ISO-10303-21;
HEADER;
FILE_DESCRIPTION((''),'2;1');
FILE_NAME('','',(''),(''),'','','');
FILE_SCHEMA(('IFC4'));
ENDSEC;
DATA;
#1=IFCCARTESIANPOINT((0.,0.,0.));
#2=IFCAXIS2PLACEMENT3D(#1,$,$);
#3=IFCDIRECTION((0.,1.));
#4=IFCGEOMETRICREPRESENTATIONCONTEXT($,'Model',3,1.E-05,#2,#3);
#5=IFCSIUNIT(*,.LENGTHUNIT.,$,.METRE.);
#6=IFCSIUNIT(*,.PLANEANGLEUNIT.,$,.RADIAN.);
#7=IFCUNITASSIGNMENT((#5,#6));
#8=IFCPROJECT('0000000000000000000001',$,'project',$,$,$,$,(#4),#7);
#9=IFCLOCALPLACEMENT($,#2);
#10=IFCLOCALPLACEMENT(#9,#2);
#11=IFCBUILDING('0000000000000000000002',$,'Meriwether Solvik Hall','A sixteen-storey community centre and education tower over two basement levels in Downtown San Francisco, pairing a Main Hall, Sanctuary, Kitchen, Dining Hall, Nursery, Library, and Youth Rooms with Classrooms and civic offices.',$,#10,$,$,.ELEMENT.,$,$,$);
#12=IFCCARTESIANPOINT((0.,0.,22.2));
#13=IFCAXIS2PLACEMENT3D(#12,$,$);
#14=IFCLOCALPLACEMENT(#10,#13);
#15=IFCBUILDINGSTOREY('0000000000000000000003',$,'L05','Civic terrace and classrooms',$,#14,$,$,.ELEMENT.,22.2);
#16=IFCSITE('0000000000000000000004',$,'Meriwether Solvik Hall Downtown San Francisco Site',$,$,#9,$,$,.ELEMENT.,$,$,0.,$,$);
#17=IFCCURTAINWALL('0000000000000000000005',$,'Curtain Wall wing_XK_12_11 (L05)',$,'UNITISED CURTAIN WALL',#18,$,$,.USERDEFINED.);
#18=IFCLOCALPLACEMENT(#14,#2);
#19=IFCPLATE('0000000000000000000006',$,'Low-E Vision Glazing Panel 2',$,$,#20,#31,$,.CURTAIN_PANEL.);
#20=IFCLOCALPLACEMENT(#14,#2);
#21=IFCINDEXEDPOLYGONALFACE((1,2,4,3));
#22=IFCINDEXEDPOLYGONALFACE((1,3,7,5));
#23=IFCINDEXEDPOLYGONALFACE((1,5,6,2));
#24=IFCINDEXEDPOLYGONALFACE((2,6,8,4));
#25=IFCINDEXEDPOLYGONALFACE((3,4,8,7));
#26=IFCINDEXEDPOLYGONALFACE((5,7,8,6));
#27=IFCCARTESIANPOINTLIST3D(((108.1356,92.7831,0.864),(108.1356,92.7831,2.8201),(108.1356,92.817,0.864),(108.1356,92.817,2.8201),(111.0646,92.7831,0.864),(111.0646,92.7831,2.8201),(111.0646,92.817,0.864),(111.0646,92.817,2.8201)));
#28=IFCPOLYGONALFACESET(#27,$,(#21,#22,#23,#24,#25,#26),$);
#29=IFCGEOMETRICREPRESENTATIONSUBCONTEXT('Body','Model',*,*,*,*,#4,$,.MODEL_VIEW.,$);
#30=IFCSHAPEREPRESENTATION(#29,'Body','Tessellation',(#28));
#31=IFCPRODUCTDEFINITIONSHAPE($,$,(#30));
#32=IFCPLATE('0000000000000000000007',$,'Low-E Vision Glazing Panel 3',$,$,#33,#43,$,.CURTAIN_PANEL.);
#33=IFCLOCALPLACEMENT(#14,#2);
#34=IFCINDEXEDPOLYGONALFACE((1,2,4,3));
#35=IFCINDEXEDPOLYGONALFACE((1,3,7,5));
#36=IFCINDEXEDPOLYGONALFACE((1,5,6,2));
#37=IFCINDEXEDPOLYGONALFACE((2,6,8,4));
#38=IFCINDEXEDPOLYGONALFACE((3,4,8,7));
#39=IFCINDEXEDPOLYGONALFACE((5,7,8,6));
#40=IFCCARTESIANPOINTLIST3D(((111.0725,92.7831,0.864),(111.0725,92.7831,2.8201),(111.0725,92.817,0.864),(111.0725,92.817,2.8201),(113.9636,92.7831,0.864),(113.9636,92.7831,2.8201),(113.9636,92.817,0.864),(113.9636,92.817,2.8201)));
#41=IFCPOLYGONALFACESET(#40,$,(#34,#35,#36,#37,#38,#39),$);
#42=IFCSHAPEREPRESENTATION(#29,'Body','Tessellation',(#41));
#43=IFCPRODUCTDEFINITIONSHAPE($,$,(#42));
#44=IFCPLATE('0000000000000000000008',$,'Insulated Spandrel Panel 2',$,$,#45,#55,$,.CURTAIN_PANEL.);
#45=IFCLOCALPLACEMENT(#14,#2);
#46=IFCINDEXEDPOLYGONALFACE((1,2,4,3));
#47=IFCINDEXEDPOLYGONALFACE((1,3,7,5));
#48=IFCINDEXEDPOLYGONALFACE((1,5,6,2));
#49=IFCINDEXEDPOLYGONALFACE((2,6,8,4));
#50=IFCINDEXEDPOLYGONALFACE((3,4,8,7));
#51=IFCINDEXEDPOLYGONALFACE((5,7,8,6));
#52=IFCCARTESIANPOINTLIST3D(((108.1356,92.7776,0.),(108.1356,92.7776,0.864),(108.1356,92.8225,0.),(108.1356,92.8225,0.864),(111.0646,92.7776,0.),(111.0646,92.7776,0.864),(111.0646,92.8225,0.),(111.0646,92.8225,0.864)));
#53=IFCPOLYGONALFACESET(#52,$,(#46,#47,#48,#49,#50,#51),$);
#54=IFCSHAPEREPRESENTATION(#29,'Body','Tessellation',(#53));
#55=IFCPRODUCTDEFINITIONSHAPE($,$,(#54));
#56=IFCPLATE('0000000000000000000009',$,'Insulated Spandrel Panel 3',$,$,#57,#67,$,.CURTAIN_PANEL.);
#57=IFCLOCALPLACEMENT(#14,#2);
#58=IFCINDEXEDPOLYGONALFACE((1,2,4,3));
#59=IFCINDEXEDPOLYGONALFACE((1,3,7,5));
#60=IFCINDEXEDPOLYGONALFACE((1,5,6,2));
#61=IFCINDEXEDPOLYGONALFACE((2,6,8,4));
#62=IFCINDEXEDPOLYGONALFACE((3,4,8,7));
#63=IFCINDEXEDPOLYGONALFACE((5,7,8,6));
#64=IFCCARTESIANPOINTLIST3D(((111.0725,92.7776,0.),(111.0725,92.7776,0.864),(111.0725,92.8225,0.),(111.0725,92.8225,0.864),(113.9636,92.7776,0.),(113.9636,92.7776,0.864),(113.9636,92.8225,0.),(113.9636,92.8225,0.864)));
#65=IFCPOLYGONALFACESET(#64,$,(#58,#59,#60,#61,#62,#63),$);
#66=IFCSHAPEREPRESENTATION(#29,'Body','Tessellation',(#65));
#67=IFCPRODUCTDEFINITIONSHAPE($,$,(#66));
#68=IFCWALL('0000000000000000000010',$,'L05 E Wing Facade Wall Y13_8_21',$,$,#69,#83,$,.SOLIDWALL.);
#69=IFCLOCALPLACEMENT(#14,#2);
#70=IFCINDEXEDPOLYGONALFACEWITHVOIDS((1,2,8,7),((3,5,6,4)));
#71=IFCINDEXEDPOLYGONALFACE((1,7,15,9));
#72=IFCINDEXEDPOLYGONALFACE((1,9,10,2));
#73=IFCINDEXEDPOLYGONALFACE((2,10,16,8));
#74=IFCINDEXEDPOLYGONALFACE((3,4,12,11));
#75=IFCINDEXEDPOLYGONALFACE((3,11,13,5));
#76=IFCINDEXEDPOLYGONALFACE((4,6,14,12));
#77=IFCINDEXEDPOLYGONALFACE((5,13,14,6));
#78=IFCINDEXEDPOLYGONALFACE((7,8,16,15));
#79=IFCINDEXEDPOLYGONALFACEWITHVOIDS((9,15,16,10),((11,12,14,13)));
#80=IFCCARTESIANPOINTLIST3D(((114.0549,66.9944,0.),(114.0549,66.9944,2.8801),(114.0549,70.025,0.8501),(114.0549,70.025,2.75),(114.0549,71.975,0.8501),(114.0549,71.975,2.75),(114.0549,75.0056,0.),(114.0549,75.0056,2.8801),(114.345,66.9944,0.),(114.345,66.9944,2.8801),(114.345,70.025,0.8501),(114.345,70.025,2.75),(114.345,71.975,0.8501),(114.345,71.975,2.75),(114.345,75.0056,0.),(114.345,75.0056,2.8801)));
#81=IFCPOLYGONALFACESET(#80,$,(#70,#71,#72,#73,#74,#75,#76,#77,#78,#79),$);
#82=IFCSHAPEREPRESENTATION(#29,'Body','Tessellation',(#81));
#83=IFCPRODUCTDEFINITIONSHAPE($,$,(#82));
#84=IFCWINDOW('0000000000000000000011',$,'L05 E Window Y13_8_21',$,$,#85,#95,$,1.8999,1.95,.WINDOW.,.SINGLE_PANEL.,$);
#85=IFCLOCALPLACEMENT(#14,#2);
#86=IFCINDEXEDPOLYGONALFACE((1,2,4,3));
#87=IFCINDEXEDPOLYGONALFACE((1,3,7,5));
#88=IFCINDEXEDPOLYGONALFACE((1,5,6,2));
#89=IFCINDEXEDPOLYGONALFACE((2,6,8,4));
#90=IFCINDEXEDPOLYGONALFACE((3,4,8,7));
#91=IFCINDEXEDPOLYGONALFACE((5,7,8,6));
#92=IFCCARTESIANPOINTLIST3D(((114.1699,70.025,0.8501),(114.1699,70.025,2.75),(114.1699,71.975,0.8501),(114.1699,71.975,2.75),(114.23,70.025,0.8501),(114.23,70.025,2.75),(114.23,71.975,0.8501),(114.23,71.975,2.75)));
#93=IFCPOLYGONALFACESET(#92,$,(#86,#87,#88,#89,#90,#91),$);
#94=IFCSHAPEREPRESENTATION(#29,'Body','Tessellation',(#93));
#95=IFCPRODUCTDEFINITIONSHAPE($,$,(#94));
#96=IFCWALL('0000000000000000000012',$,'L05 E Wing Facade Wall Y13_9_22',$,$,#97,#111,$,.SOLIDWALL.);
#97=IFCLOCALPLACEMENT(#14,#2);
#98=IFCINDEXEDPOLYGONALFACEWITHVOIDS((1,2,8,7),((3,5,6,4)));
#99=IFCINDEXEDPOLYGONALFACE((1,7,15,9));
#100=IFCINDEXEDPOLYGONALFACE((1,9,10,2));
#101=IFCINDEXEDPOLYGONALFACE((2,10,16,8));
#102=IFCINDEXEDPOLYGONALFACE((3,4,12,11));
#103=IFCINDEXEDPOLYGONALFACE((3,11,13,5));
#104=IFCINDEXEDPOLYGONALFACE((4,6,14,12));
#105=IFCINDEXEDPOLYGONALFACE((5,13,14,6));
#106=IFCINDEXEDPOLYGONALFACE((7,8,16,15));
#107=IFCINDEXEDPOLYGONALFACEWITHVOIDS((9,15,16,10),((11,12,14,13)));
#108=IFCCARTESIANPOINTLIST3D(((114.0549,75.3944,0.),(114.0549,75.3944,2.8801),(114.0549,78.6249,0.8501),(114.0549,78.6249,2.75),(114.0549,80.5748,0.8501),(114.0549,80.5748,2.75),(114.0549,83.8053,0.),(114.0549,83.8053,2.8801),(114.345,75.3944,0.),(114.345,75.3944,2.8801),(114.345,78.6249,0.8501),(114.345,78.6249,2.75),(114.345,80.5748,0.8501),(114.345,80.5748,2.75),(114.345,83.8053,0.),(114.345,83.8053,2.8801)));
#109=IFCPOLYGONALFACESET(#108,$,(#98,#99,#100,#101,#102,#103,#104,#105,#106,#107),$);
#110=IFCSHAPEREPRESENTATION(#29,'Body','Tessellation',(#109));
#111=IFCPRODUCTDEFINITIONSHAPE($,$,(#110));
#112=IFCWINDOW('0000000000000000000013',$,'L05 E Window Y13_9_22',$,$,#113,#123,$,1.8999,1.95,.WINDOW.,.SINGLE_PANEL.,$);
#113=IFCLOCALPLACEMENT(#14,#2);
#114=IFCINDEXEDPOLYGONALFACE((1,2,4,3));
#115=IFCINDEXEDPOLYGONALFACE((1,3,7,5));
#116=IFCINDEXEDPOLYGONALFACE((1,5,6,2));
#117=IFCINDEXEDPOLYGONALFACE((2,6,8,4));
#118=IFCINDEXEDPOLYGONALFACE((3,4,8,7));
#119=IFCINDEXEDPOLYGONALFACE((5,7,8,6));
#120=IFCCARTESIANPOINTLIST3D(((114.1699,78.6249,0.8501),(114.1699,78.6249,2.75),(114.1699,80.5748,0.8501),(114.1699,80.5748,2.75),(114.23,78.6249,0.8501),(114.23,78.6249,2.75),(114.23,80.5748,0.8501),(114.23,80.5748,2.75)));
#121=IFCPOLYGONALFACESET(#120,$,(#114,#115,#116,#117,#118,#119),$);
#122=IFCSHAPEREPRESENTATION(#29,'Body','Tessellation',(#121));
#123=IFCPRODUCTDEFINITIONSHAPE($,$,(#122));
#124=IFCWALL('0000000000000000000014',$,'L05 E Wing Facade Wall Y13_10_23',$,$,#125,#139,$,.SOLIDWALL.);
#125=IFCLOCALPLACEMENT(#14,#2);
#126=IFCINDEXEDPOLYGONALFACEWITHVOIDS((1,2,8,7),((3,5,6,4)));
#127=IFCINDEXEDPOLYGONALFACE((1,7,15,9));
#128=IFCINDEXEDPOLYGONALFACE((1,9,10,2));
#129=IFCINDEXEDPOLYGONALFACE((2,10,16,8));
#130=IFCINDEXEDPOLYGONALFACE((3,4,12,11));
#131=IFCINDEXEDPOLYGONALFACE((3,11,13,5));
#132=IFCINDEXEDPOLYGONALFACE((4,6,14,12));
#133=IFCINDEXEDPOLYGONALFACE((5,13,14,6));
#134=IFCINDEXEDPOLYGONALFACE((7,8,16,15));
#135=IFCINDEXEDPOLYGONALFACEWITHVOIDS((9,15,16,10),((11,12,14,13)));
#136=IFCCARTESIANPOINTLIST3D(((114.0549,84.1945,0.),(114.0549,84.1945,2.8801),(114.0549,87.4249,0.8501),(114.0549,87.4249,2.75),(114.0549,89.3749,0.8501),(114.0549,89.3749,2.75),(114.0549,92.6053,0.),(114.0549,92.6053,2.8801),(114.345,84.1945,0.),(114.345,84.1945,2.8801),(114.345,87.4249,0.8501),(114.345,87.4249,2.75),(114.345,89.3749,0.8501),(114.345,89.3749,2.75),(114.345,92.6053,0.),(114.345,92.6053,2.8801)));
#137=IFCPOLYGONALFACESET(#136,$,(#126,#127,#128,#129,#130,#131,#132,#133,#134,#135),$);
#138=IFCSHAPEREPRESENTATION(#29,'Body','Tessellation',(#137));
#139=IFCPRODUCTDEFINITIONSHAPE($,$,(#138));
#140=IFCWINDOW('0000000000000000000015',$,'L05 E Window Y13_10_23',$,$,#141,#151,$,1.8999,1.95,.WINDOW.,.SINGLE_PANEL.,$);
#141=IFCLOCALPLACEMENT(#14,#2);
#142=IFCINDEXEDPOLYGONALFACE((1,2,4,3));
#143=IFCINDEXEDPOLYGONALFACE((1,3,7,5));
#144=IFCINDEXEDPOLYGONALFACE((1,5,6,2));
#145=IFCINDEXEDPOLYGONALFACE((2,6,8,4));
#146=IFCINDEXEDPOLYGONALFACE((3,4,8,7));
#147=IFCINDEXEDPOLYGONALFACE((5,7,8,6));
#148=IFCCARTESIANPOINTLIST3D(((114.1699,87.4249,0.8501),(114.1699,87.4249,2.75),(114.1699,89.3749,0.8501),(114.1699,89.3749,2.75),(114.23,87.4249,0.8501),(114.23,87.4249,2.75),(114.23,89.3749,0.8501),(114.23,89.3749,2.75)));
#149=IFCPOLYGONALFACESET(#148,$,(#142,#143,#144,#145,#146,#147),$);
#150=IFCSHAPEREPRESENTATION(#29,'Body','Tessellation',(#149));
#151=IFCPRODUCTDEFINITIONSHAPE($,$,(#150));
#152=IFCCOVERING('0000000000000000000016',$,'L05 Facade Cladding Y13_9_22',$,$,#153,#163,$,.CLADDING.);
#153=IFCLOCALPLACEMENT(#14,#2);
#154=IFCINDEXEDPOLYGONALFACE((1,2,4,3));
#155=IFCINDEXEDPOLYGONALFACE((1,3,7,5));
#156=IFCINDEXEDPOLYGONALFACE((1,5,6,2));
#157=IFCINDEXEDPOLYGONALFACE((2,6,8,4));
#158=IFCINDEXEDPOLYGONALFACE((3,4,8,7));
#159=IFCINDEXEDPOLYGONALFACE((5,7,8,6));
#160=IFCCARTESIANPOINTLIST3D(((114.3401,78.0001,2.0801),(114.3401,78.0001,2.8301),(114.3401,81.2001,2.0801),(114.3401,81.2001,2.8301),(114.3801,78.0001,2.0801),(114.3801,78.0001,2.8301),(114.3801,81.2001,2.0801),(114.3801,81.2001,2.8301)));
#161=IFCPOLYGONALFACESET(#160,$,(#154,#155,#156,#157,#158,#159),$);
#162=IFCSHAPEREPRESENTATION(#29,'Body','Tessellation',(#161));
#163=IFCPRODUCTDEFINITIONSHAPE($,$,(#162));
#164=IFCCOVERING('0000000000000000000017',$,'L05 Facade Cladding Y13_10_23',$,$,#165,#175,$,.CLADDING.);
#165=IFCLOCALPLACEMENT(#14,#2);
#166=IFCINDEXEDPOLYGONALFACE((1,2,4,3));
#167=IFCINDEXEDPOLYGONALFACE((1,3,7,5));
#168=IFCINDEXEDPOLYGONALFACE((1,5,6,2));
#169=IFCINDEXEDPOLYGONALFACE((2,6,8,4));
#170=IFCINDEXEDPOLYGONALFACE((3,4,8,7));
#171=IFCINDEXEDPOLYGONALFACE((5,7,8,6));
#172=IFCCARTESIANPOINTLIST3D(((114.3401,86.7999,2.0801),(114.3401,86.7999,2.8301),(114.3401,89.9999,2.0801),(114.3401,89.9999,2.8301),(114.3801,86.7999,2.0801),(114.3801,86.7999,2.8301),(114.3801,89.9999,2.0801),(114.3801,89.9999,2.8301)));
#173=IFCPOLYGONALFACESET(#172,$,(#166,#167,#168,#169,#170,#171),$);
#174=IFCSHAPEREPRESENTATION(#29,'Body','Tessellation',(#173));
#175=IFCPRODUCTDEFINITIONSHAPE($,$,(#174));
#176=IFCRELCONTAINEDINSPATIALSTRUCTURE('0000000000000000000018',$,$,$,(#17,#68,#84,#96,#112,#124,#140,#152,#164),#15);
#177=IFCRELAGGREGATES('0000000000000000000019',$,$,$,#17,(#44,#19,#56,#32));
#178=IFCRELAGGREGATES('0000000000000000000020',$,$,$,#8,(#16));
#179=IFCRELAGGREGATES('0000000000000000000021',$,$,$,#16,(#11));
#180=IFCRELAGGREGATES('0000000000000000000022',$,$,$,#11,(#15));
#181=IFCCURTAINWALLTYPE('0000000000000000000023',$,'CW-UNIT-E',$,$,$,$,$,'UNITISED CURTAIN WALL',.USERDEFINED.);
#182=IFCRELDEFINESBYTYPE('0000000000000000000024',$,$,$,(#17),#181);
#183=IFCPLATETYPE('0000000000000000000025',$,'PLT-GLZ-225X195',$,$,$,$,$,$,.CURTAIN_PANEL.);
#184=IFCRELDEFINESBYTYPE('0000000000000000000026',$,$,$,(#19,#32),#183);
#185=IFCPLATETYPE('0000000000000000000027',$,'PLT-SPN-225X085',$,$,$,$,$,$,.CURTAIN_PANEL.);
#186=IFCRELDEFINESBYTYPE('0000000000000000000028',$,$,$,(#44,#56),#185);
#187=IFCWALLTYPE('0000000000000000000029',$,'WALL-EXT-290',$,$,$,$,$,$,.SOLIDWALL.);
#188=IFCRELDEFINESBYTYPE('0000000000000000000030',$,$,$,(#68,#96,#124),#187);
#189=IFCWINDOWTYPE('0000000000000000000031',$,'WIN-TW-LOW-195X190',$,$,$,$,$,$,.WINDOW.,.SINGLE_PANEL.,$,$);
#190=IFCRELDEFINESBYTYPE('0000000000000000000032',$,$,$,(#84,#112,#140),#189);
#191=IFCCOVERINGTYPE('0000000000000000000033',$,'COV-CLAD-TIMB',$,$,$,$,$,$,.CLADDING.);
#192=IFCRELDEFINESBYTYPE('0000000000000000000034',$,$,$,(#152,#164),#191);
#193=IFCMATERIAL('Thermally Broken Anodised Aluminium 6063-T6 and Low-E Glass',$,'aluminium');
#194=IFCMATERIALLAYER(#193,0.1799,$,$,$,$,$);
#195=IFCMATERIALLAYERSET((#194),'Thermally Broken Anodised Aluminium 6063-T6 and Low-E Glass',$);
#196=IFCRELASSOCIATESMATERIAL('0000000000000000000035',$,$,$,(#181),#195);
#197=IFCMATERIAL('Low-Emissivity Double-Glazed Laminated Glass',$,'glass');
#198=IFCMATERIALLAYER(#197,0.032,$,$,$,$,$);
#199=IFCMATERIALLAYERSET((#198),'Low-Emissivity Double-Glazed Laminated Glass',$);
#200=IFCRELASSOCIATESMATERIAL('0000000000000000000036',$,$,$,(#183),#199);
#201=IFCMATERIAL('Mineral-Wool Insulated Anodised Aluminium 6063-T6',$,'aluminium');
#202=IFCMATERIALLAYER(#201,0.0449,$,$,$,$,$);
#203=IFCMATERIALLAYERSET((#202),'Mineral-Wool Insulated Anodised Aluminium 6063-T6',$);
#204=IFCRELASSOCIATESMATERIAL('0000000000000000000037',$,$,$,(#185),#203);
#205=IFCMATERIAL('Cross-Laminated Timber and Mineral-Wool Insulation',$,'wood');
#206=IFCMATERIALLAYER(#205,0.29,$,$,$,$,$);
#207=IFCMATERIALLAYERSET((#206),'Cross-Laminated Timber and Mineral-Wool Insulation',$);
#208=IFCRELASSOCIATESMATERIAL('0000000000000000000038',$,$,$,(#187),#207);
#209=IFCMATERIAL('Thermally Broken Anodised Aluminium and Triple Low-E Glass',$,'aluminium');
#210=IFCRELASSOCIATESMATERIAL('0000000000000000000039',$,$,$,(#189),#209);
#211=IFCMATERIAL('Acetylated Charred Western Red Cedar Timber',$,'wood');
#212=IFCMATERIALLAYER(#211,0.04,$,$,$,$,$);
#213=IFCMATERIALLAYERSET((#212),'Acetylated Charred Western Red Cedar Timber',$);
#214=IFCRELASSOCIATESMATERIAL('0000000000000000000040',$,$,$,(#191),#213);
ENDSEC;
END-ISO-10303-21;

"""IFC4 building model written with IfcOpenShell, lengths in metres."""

from ifc_helpers import new_model, si_unit, direction, frame, frame_2d, origin, origin_2d, place, context, subcontext, project, spatial, rectangle, extrude, material, layer, layer_set, type_object, element, fill, aggregate, save


model = new_model("IFC4")

# Units and contexts
model_context = context("Model", 3, precision=1e-05, world=origin(), true_north=direction((0.0, 1.0)))
body_context = subcontext(model_context, "Body", "Model", "MODEL_VIEW")
ifc_project = project(units=[si_unit("LENGTHUNIT", "METRE"), si_unit("PLANEANGLEUNIT", "RADIAN")], contexts=[model_context])

# Site, building, storey
site_placement = place(None, origin())
site = spatial("IfcSite", under=ifc_project, at=site_placement, Name="Meriwether Solvik Hall Downtown San Francisco Site", CompositionType="ELEMENT", RefElevation=0.0)
building_placement = place(site_placement, origin())
building = spatial("IfcBuilding", under=site, at=building_placement, Name="Meriwether Solvik Hall", Description="A sixteen-storey community centre and education tower over two basement levels in Downtown San Francisco, pairing a Main Hall, Sanctuary, Kitchen, Dining Hall, Nursery, Library, and Youth Rooms with Classrooms and civic offices.", CompositionType="ELEMENT")
storey_placement = place(building_placement, frame((0.0, 0.0, 22.2)))
storey = spatial("IfcBuildingStorey", under=building, at=storey_placement, Name="L05", Description="Civic terrace and classrooms", CompositionType="ELEMENT", Elevation=22.2)

# Curtain wall, plates
ifc_material_1 = material(Name="Thermally Broken Anodised Aluminium 6063-T6 and Low-E Glass", Category="aluminium")
ifc_layer_1 = layer(ifc_material_1, 0.1799)
ifc_layer_set_1 = layer_set([ifc_layer_1], Name="Thermally Broken Anodised Aluminium 6063-T6 and Low-E Glass")
curtain_wall_type = type_object("IfcCurtainWallType", Name="CW-UNIT-E", ElementType="UNITISED CURTAIN WALL", PredefinedType="USERDEFINED", material=ifc_layer_set_1)
curtain_wall_placement = place(storey_placement, origin())
curtain_wall = element("IfcCurtainWall", 1, at=curtain_wall_placement, inside=storey, type_object=curtain_wall_type, Name="Curtain Wall wing_XK_12_11 (L05)", ObjectType="UNITISED CURTAIN WALL", PredefinedType="USERDEFINED")
ifc_material_2 = material(Name="Low-Emissivity Double-Glazed Laminated Glass", Category="glass")
ifc_layer_2 = layer(ifc_material_2, 0.032)
ifc_layer_set_2 = layer_set([ifc_layer_2], Name="Low-Emissivity Double-Glazed Laminated Glass")
plate_type_1 = type_object("IfcPlateType", Name="PLT-GLZ-225X195", PredefinedType="CURTAIN_PANEL", material=ifc_layer_set_2)
plate_1_placement = place(storey_placement, frame((109.6001, 92.8, 0.864), z_axis=(0.0, 0.0, 1.0), x_axis=(1.0, 0.0, 0.0)))
plate_1 = element("IfcPlate", 2, at=plate_1_placement, type_object=plate_type_1, Name="Low-E Vision Glazing Panel 2", PredefinedType="CURTAIN_PANEL", context=body_context, shape_type="SweptSolid", body=[
    extrude(rectangle(XDim=2.929, YDim=0.0339, at=origin_2d()), origin(), (0.0, 0.0, 1.0), 1.9561),
])
plate_2_placement = place(storey_placement, frame((112.5181, 92.8, 0.864), z_axis=(0.0, 0.0, 1.0), x_axis=(1.0, 0.0, 0.0)))
plate_2 = element("IfcPlate", 3, at=plate_2_placement, type_object=plate_type_1, Name="Low-E Vision Glazing Panel 3", PredefinedType="CURTAIN_PANEL", context=body_context, shape_type="SweptSolid", body=[
    extrude(rectangle(XDim=2.8911, YDim=0.0339, at=origin_2d()), origin(), (0.0, 0.0, 1.0), 1.9561),
])
ifc_material_3 = material(Name="Mineral-Wool Insulated Anodised Aluminium 6063-T6", Category="aluminium")
ifc_layer_3 = layer(ifc_material_3, 0.0449)
ifc_layer_set_3 = layer_set([ifc_layer_3], Name="Mineral-Wool Insulated Anodised Aluminium 6063-T6")
plate_type_2 = type_object("IfcPlateType", Name="PLT-SPN-225X085", PredefinedType="CURTAIN_PANEL", material=ifc_layer_set_3)
plate_3_placement = place(storey_placement, frame((109.6001, 92.8, 0.0), z_axis=(0.0, 0.0, 1.0), x_axis=(1.0, 0.0, 0.0)))
plate_3 = element("IfcPlate", 4, at=plate_3_placement, type_object=plate_type_2, Name="Insulated Spandrel Panel 2", PredefinedType="CURTAIN_PANEL", context=body_context, shape_type="SweptSolid", body=[
    extrude(rectangle(XDim=2.929, YDim=0.0449, at=origin_2d()), origin(), (0.0, 0.0, 1.0), 0.864),
])
plate_4_placement = place(storey_placement, frame((112.5181, 92.8, 0.0), z_axis=(0.0, 0.0, 1.0), x_axis=(1.0, 0.0, 0.0)))
plate_4 = element("IfcPlate", 5, at=plate_4_placement, type_object=plate_type_2, Name="Insulated Spandrel Panel 3", PredefinedType="CURTAIN_PANEL", context=body_context, shape_type="SweptSolid", body=[
    extrude(rectangle(XDim=2.8911, YDim=0.0449, at=origin_2d()), origin(), (0.0, 0.0, 1.0), 0.864),
])
aggregate(curtain_wall, [plate_3, plate_1, plate_4, plate_2])

# Walls, openings, windows
ifc_material_4 = material(Name="Cross-Laminated Timber and Mineral-Wool Insulation", Category="wood")
ifc_layer_4 = layer(ifc_material_4, 0.29)
ifc_layer_set_4 = layer_set([ifc_layer_4], Name="Cross-Laminated Timber and Mineral-Wool Insulation")
wall_type = type_object("IfcWallType", Name="WALL-EXT-290", PredefinedType="SOLIDWALL", material=ifc_layer_set_4)
wall_1_placement = place(storey_placement, frame((114.2, 75.0056, 0.0), z_axis=(0.0, 0.0, 1.0), x_axis=(0.0, -1.0, 0.0)))
wall_1 = element("IfcWall", 6, at=wall_1_placement, inside=storey, type_object=wall_type, Name="L05 E Wing Facade Wall Y13_8_21", PredefinedType="SOLIDWALL", context=body_context, shape_type="SweptSolid", body=[
    extrude(rectangle(XDim=8.0112, YDim=0.29, at=frame_2d((4.0056, 0.0))), origin(), (0.0, 0.0, 1.0), 2.8801),
])
opening_1_placement = place(wall_1_placement, frame((3.0305, 0.0, 0.8501)))
opening_1 = element("IfcOpeningElement", 7, at=opening_1_placement, cuts=wall_1, PredefinedType="OPENING", context=body_context, shape_type="SweptSolid", body=[
    extrude(rectangle(XDim=1.95, YDim=1.8999, at=frame_2d((0.9751, 0.95))), frame((0.0, 0.157, 0.0), z_axis=(0.0, -1.0, 0.0), x_axis=(1.0, 0.0, 0.0)), (0.0, 0.0, 1.0), 0.314),
])
ifc_material_5 = material(Name="Thermally Broken Anodised Aluminium and Triple Low-E Glass", Category="aluminium")
window_type = type_object("IfcWindowType", Name="WIN-TW-LOW-195X190", PartitioningType="SINGLE_PANEL", PredefinedType="WINDOW", material=ifc_material_5)
window_1_placement = place(opening_1_placement, origin())
window_1 = element("IfcWindow", 8, at=window_1_placement, inside=storey, type_object=window_type, Name="L05 E Window Y13_8_21", OverallHeight=1.8999, OverallWidth=1.95, PartitioningType="SINGLE_PANEL", PredefinedType="WINDOW", context=body_context, shape_type="SweptSolid", body=[
    extrude(rectangle(XDim=1.95, YDim=1.8999, at=frame_2d((0.9751, 0.95))), frame((0.0, 0.03, 0.0), z_axis=(0.0, -1.0, 0.0), x_axis=(1.0, 0.0, 0.0)), (0.0, 0.0, 1.0), 0.0601),
])
fill(opening_1, window_1)
wall_2_placement = place(storey_placement, frame((114.2, 83.8054, 0.0), z_axis=(0.0, 0.0, 1.0), x_axis=(0.0, -1.0, 0.0)))
wall_2 = element("IfcWall", 9, at=wall_2_placement, inside=storey, type_object=wall_type, Name="L05 E Wing Facade Wall Y13_9_22", PredefinedType="SOLIDWALL", context=body_context, shape_type="SweptSolid", body=[
    extrude(rectangle(XDim=8.4109, YDim=0.29, at=frame_2d((4.2056, 0.0))), origin(), (0.0, 0.0, 1.0), 2.8801),
])
opening_2_placement = place(wall_2_placement, frame((3.2305, 0.0, 0.8501)))
opening_2 = element("IfcOpeningElement", 10, at=opening_2_placement, cuts=wall_2, PredefinedType="OPENING", context=body_context, shape_type="SweptSolid", body=[
    extrude(rectangle(XDim=1.95, YDim=1.8999, at=frame_2d((0.9751, 0.95))), frame((0.0, 0.157, 0.0), z_axis=(0.0, -1.0, 0.0), x_axis=(1.0, 0.0, 0.0)), (0.0, 0.0, 1.0), 0.314),
])
window_2_placement = place(opening_2_placement, origin())
window_2 = element("IfcWindow", 11, at=window_2_placement, inside=storey, type_object=window_type, Name="L05 E Window Y13_9_22", OverallHeight=1.8999, OverallWidth=1.95, PartitioningType="SINGLE_PANEL", PredefinedType="WINDOW", context=body_context, shape_type="SweptSolid", body=[
    extrude(rectangle(XDim=1.95, YDim=1.8999, at=frame_2d((0.9751, 0.95))), frame((0.0, 0.03, 0.0), z_axis=(0.0, -1.0, 0.0), x_axis=(1.0, 0.0, 0.0)), (0.0, 0.0, 1.0), 0.0601),
])
fill(opening_2, window_2)
wall_3_placement = place(storey_placement, frame((114.2, 92.6055, 0.0), z_axis=(0.0, 0.0, 1.0), x_axis=(0.0, -1.0, 0.0)))
wall_3 = element("IfcWall", 12, at=wall_3_placement, inside=storey, type_object=wall_type, Name="L05 E Wing Facade Wall Y13_10_23", PredefinedType="SOLIDWALL", context=body_context, shape_type="SweptSolid", body=[
    extrude(rectangle(XDim=8.4109, YDim=0.29, at=frame_2d((4.2056, 0.0))), origin(), (0.0, 0.0, 1.0), 2.8801),
])
opening_3_placement = place(wall_3_placement, frame((3.2305, 0.0, 0.8501)))
opening_3 = element("IfcOpeningElement", 13, at=opening_3_placement, cuts=wall_3, PredefinedType="OPENING", context=body_context, shape_type="SweptSolid", body=[
    extrude(rectangle(XDim=1.95, YDim=1.8999, at=frame_2d((0.9751, 0.95))), frame((0.0, 0.157, 0.0), z_axis=(0.0, -1.0, 0.0), x_axis=(1.0, 0.0, 0.0)), (0.0, 0.0, 1.0), 0.314),
])
window_3_placement = place(opening_3_placement, origin())
window_3 = element("IfcWindow", 14, at=window_3_placement, inside=storey, type_object=window_type, Name="L05 E Window Y13_10_23", OverallHeight=1.8999, OverallWidth=1.95, PartitioningType="SINGLE_PANEL", PredefinedType="WINDOW", context=body_context, shape_type="SweptSolid", body=[
    extrude(rectangle(XDim=1.95, YDim=1.8999, at=frame_2d((0.9751, 0.95))), frame((0.0, 0.03, 0.0), z_axis=(0.0, -1.0, 0.0), x_axis=(1.0, 0.0, 0.0)), (0.0, 0.0, 1.0), 0.0601),
])
fill(opening_3, window_3)

# Coverings
ifc_material_6 = material(Name="Acetylated Charred Western Red Cedar Timber", Category="wood")
ifc_layer_5 = layer(ifc_material_6, 0.04)
ifc_layer_set_5 = layer_set([ifc_layer_5], Name="Acetylated Charred Western Red Cedar Timber")
covering_type = type_object("IfcCoveringType", Name="COV-CLAD-TIMB", PredefinedType="CLADDING", material=ifc_layer_set_5)
for number, where, z_axis, x_axis, name in (
    (15, (114.3601, 79.6001, 2.0801), (0.0, 0.0, 1.0), (0.0, -1.0, 0.0), "L05 Facade Cladding Y13_9_22"),
    (16, (114.3601, 88.3999, 2.0801), (0.0, 0.0, 1.0), (0.0, -1.0, 0.0), "L05 Facade Cladding Y13_10_23"),
):
    element("IfcCovering", number, at=place(storey_placement, frame(where, z_axis=z_axis, x_axis=x_axis)), inside=storey, type_object=covering_type, Name=name, PredefinedType="CLADDING", context=body_context, shape_type="SweptSolid", body=[
        extrude(rectangle(XDim=3.2, YDim=0.04, at=origin_2d()), origin(), (0.0, 0.0, 1.0), 0.75),
    ])

save(model, "model.ifc")
